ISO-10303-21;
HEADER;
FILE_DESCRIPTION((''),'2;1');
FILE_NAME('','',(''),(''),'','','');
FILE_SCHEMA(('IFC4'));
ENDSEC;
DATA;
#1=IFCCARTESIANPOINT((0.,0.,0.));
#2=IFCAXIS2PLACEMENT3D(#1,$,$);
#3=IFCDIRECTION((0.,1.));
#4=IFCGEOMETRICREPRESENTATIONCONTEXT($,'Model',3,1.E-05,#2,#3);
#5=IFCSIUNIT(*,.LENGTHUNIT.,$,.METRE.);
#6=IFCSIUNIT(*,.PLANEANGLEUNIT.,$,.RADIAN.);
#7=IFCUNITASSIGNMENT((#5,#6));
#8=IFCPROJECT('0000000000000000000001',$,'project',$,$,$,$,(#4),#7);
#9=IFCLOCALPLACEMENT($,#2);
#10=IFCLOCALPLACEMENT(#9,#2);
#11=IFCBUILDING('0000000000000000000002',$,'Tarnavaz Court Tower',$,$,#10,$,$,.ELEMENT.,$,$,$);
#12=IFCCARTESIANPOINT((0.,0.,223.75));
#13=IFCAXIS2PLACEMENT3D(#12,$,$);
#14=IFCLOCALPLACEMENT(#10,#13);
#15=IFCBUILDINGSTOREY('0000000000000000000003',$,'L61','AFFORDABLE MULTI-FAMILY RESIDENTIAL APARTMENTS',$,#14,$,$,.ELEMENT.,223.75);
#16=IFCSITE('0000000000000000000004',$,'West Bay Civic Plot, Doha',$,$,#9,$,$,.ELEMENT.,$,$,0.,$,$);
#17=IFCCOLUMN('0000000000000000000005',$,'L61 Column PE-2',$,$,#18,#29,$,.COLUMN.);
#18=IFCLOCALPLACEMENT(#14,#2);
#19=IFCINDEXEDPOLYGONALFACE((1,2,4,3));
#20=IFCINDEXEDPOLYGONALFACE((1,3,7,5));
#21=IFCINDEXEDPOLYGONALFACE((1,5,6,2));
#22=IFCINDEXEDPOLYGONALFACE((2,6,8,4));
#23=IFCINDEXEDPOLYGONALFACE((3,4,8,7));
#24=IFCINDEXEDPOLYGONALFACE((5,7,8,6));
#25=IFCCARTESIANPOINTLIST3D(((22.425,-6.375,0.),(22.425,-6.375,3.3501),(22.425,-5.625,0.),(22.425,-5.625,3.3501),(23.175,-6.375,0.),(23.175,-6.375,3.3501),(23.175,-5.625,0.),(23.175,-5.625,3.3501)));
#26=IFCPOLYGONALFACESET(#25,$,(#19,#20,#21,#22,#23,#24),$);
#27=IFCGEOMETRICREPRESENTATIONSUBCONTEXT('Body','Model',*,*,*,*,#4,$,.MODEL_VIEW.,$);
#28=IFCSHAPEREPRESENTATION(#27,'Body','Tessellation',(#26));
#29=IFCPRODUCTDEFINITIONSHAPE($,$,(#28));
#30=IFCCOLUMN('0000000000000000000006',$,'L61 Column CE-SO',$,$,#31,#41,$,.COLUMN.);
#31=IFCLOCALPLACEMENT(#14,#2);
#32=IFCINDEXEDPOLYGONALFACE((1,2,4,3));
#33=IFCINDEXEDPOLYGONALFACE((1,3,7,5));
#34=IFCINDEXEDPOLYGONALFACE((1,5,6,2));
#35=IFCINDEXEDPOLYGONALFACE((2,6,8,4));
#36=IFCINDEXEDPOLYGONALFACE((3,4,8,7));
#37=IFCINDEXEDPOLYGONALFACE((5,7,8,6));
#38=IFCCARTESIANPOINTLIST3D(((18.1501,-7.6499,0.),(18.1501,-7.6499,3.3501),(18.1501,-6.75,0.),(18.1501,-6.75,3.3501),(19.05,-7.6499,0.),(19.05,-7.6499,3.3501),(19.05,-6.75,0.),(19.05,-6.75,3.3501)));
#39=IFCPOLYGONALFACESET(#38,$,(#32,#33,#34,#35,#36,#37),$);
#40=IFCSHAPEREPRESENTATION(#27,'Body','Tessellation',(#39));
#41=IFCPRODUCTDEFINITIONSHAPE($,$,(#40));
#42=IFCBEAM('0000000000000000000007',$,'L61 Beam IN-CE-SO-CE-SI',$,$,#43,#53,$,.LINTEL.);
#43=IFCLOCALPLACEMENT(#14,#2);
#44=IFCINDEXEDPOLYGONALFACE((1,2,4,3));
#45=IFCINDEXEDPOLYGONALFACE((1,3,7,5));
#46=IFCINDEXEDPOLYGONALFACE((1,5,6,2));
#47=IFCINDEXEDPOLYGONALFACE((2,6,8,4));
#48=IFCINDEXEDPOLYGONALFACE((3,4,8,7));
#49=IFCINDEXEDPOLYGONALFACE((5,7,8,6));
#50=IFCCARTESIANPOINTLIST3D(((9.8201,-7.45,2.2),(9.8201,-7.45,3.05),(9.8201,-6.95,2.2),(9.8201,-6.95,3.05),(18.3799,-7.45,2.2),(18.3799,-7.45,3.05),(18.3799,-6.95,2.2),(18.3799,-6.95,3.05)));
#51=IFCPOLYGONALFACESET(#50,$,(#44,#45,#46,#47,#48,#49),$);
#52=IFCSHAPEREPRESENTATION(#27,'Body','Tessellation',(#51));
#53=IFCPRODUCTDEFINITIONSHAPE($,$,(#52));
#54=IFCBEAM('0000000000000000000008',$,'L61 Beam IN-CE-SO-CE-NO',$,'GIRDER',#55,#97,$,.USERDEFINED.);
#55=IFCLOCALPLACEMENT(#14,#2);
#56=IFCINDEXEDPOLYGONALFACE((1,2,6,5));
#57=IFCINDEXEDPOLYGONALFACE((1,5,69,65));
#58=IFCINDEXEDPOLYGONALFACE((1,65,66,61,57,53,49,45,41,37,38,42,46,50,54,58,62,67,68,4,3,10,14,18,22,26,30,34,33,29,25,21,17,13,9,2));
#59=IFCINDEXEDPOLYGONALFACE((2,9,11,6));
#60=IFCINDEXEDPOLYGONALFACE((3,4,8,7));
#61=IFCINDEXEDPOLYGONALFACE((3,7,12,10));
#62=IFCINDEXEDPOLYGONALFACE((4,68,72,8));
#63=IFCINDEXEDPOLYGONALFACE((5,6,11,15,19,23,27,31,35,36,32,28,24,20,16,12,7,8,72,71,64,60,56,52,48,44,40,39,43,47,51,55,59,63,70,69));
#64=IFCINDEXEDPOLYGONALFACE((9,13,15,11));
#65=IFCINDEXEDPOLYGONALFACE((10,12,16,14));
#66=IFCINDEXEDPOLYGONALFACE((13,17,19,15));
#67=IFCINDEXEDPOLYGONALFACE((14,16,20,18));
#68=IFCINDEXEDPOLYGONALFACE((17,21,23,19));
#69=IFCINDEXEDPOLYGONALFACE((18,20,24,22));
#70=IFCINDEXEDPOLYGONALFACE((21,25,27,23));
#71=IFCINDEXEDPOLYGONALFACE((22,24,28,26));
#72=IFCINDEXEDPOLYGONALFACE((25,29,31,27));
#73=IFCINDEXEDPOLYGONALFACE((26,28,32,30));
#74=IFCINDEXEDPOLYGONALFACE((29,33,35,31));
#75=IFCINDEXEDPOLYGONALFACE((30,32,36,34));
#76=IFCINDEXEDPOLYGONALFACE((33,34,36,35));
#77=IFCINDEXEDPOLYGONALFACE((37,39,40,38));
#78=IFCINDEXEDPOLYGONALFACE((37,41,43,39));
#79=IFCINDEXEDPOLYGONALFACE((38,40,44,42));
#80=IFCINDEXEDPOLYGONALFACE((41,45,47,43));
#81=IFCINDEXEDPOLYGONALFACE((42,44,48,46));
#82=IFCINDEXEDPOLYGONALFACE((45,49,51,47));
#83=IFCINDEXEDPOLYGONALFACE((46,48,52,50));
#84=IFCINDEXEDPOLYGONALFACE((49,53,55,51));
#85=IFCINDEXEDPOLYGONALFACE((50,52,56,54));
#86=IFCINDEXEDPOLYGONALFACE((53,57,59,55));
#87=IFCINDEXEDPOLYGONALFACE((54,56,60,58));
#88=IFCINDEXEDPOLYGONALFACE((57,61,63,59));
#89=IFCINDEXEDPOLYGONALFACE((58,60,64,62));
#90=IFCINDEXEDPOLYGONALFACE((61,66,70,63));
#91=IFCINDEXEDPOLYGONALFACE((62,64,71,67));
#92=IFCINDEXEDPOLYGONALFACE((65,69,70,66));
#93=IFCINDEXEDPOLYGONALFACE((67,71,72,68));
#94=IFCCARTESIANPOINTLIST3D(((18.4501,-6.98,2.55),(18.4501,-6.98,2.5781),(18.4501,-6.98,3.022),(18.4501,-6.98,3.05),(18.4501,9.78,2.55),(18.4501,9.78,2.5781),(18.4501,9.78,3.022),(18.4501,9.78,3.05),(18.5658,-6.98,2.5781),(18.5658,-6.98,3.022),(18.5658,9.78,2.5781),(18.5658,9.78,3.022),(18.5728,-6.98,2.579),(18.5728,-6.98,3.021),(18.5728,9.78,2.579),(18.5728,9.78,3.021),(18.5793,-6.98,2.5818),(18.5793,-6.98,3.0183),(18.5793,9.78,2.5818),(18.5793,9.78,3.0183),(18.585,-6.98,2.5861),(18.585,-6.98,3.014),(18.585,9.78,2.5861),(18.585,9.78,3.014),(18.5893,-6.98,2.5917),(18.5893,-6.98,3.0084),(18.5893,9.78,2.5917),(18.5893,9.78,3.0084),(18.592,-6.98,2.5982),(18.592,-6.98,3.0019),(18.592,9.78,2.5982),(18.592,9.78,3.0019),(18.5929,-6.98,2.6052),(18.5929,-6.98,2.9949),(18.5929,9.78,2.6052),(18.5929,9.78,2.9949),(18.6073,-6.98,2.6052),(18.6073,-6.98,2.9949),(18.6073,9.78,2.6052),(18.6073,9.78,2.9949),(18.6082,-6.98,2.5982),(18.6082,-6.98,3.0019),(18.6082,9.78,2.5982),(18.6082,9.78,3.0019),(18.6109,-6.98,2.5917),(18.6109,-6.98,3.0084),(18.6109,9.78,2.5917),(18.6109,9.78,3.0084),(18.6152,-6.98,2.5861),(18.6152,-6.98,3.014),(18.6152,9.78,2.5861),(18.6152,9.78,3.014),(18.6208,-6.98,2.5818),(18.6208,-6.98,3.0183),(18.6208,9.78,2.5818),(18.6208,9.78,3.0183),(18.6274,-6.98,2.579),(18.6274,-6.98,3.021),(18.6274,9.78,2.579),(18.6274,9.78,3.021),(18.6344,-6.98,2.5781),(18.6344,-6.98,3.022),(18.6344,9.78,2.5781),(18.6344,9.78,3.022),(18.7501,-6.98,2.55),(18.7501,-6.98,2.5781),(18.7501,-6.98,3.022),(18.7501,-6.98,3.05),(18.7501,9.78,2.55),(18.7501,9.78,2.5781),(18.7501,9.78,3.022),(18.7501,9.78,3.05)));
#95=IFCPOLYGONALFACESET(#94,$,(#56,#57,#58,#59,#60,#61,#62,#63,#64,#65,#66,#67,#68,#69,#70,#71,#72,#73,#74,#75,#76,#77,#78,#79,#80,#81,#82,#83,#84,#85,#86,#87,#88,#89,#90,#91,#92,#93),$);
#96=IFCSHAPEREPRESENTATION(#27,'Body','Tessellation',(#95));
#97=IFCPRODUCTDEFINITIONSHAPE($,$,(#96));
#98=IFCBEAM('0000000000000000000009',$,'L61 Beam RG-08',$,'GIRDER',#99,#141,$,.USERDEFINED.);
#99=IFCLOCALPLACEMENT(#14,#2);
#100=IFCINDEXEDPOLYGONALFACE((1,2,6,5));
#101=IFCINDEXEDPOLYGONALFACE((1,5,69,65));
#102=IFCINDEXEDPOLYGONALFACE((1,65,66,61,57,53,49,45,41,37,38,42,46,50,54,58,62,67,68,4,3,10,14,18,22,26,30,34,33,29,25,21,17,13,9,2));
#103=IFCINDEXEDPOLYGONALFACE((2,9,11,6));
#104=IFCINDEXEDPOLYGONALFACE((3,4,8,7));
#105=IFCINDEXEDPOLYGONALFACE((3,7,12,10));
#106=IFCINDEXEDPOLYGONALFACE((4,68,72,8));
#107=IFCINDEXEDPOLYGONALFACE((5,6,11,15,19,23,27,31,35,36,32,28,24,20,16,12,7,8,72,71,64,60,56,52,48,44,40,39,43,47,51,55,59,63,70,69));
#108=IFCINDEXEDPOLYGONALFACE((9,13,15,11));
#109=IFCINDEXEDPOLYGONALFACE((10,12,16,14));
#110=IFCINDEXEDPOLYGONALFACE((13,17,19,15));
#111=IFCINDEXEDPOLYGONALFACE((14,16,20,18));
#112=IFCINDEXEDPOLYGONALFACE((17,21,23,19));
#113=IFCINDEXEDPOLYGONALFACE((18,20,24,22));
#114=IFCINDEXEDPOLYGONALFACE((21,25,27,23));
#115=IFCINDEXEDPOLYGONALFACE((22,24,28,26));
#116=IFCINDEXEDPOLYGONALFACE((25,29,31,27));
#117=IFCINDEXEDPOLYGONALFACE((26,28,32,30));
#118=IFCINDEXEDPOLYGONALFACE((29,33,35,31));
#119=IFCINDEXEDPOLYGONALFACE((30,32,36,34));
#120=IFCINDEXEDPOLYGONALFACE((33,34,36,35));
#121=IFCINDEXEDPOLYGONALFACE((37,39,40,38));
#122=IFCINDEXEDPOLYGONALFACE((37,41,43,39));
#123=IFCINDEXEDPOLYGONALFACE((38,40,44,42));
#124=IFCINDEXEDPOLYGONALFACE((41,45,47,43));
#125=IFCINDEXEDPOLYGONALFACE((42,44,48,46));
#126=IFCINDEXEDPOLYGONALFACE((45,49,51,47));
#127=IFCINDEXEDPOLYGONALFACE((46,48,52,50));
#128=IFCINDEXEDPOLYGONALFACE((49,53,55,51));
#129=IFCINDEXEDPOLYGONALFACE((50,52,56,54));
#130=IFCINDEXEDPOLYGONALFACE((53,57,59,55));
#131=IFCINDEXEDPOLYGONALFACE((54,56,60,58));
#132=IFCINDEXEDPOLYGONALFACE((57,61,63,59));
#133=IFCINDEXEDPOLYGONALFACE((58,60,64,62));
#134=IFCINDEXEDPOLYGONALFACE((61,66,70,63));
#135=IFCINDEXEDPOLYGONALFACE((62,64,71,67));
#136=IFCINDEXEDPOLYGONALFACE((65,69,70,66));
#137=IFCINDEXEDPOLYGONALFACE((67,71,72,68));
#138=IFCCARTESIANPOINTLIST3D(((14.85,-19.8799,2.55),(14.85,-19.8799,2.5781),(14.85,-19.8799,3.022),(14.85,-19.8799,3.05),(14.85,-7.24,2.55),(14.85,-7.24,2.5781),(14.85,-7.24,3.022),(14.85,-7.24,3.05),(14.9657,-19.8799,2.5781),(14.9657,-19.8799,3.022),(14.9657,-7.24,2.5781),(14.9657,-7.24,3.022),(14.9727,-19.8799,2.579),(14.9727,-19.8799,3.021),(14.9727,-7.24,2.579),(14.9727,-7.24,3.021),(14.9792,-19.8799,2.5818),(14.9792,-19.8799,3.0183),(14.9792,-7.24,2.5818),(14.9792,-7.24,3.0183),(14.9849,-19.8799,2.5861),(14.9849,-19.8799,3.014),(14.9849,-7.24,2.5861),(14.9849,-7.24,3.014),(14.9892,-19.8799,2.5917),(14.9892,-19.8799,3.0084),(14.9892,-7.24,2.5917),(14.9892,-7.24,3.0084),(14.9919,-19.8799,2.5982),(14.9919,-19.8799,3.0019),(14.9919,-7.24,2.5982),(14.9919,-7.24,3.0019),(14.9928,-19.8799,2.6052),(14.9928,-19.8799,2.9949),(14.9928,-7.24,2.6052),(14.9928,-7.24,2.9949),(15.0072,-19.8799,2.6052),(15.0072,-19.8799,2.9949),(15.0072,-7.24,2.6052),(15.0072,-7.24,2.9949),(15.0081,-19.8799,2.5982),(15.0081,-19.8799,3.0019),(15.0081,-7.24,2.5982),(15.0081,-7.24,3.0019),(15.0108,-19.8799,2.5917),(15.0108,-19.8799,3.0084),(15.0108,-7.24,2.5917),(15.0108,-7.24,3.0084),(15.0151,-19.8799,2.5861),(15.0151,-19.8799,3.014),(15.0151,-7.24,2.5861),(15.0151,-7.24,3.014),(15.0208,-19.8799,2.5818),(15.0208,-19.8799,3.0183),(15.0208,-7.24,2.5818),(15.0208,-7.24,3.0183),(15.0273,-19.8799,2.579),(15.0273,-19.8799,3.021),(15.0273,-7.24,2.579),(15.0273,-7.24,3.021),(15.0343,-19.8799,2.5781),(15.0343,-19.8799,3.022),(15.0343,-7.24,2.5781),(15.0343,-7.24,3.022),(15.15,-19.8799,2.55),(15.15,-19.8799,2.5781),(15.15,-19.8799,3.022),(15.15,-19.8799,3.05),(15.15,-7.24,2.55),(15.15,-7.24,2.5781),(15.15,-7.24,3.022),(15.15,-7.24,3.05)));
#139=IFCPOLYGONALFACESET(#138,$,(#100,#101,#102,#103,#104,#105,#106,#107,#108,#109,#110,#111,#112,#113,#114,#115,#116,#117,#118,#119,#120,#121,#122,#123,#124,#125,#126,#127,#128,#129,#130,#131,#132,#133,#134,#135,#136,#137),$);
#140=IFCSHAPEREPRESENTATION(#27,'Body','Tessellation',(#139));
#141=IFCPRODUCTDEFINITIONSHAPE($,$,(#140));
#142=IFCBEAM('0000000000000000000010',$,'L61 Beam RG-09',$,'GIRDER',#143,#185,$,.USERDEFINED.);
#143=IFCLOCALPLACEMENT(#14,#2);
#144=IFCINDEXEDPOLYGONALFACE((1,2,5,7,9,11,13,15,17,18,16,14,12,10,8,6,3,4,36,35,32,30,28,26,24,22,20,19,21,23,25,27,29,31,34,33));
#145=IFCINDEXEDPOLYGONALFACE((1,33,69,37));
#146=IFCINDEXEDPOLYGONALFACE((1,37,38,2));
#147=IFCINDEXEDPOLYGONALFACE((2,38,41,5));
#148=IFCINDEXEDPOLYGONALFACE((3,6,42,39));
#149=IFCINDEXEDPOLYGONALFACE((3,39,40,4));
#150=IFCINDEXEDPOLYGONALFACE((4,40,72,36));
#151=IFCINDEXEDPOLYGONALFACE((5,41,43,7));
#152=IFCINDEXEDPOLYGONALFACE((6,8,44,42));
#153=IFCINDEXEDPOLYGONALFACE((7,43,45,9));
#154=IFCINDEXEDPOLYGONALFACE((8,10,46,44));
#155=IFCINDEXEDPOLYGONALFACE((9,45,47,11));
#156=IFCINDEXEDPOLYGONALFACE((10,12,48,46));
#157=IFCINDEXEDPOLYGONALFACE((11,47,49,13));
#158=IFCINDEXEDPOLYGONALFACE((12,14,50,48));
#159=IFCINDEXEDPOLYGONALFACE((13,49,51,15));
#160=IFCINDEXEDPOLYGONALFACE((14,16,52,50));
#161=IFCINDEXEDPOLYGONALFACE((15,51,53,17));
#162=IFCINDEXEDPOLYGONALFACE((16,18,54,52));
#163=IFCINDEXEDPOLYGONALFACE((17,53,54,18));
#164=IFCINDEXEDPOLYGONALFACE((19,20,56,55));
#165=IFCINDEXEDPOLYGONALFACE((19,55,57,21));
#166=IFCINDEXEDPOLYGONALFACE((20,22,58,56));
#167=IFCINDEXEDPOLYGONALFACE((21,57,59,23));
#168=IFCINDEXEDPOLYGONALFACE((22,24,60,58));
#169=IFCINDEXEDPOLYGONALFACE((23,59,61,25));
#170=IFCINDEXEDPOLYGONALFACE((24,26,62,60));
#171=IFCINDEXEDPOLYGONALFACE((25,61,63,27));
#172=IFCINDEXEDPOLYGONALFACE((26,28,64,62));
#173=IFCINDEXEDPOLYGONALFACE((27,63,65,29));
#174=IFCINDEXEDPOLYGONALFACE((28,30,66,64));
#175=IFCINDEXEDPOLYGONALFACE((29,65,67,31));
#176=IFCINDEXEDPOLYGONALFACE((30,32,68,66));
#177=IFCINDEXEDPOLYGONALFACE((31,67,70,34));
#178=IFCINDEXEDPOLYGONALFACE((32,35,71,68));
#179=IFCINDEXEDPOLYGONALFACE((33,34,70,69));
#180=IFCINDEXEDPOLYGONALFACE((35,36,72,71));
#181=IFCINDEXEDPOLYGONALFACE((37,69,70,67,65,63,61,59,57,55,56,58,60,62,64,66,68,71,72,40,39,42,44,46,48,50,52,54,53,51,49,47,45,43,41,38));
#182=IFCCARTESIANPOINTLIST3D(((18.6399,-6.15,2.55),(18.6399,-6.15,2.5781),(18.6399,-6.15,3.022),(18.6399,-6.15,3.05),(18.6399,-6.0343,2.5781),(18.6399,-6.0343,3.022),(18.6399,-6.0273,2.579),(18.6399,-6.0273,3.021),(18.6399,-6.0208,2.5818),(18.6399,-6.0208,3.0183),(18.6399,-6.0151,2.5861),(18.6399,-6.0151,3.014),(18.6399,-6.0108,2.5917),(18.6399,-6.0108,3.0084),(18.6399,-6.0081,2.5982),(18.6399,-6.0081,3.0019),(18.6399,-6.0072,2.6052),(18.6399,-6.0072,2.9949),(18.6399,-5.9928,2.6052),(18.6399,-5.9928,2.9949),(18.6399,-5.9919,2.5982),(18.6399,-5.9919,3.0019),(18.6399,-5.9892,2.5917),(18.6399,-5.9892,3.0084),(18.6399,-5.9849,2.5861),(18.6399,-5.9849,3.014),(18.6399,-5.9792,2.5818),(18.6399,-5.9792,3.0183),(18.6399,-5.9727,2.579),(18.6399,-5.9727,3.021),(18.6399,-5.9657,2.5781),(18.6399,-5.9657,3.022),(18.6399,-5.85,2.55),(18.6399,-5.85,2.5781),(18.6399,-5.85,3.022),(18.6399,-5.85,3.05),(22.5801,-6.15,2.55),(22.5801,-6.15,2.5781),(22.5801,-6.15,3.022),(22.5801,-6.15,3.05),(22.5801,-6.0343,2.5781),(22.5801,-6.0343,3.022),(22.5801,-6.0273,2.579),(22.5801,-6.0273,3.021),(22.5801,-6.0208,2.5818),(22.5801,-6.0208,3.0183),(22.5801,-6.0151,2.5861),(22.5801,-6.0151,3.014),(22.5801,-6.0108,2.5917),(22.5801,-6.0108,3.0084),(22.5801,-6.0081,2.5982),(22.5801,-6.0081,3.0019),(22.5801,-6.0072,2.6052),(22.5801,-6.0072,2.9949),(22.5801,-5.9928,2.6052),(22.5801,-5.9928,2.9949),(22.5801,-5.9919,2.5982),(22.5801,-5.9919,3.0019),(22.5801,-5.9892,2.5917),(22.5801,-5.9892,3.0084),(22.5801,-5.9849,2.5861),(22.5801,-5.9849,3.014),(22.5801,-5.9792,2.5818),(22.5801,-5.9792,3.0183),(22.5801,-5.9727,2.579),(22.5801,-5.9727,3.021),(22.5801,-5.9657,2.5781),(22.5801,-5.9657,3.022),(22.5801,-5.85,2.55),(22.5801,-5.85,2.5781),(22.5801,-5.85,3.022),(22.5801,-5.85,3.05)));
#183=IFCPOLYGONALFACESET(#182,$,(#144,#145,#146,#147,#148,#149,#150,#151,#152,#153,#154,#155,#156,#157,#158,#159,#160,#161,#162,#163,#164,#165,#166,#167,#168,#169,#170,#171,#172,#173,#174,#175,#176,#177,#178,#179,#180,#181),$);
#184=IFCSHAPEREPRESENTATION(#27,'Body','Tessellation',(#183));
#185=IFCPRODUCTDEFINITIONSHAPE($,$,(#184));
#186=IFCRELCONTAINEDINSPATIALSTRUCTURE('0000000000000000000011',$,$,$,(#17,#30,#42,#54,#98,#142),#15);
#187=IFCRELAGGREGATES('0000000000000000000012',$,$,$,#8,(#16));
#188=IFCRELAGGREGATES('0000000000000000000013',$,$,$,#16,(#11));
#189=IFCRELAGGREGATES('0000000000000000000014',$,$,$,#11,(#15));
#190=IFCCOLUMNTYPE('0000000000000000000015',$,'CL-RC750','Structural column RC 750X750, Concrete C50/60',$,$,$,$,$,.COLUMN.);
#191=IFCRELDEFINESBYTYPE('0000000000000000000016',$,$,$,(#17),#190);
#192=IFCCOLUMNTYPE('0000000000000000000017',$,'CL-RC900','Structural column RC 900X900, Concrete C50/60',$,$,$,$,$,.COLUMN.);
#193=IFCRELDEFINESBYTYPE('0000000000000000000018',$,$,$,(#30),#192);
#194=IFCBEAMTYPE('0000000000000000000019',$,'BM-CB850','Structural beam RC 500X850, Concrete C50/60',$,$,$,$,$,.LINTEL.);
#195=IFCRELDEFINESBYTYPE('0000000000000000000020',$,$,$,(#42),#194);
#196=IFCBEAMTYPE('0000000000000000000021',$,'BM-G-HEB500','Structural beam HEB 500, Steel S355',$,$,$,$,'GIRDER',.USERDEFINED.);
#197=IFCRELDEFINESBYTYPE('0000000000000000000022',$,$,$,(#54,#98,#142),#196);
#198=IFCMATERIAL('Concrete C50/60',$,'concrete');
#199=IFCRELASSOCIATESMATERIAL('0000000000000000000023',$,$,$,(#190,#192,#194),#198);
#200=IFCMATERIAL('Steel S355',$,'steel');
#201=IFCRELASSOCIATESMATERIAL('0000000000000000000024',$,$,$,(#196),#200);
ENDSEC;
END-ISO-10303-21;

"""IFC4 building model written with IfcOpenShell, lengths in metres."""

from ifc_helpers import new_model, si_unit, direction, frame, origin, origin_2d, place, context, subcontext, project, spatial, rectangle, i_section, extrude, material, material_profile, profile_set, type_object, element, save


model = new_model("IFC4")

# Units and contexts
model_context = context("Model", 3, precision=1e-05, world=origin(), true_north=direction((0.0, 1.0)))
body_context = subcontext(model_context, "Body", "Model", "MODEL_VIEW")
ifc_project = project(units=[si_unit("LENGTHUNIT", "METRE"), si_unit("PLANEANGLEUNIT", "RADIAN")], contexts=[model_context])

# Site, building, storey
site_placement = place(None, origin())
site = spatial("IfcSite", under=ifc_project, at=site_placement, Name="West Bay Civic Plot, Doha", CompositionType="ELEMENT", RefElevation=0.0)
building_placement = place(site_placement, origin())
building = spatial("IfcBuilding", under=site, at=building_placement, Name="Tarnavaz Court Tower", CompositionType="ELEMENT")
storey_placement = place(building_placement, frame((0.0, 0.0, 223.75)))
storey = spatial("IfcBuildingStorey", under=building, at=storey_placement, Name="L61", Description="AFFORDABLE MULTI-FAMILY RESIDENTIAL APARTMENTS", CompositionType="ELEMENT", Elevation=223.75)

# Columns
ifc_material_1 = material(Name="Concrete C50/60", Category="concrete")
ifc_material_profile_1 = material_profile(ifc_material_1, rectangle(XDim=0.75, YDim=0.75, at=origin_2d()), Name="RC 750X750")
ifc_profile_set_1 = profile_set([ifc_material_profile_1], Name="Concrete C50/60")
column_type_1 = type_object("IfcColumnType", Name="CL-RC750", Description="Structural column RC 750X750, Concrete C50/60", PredefinedType="COLUMN", material=ifc_profile_set_1)
column_1_placement = place(storey_placement, frame((22.8, -6.0, 0.0), z_axis=(0.0, 0.0, 1.0), x_axis=(1.0, 0.0, 0.0)))
element("IfcColumn", 1, at=column_1_placement, inside=storey, type_object=column_type_1, Name="L61 Column PE-2", PredefinedType="COLUMN", context=body_context, shape_type="SweptSolid", body=[
    extrude(rectangle(XDim=0.75, YDim=0.75, at=origin_2d()), origin(), (0.0, 0.0, 1.0), 3.3501),
])
ifc_material_profile_2 = material_profile(ifc_material_1, rectangle(XDim=0.8999, YDim=0.8999, at=origin_2d()), Name="RC 900X900")
ifc_profile_set_2 = profile_set([ifc_material_profile_2], Name="Concrete C50/60")
column_type_2 = type_object("IfcColumnType", Name="CL-RC900", Description="Structural column RC 900X900, Concrete C50/60", PredefinedType="COLUMN", material=ifc_profile_set_2)
column_2_placement = place(storey_placement, frame((18.6001, -7.2, 0.0), z_axis=(0.0, 0.0, 1.0), x_axis=(1.0, 0.0, 0.0)))
element("IfcColumn", 2, at=column_2_placement, inside=storey, type_object=column_type_2, Name="L61 Column CE-SO", PredefinedType="COLUMN", context=body_context, shape_type="SweptSolid", body=[
    extrude(rectangle(XDim=0.8999, YDim=0.8999, at=origin_2d()), origin(), (0.0, 0.0, 1.0), 3.3501),
])

# Beams
ifc_material_profile_3 = material_profile(ifc_material_1, rectangle(XDim=0.5, YDim=0.8501, at=origin_2d()), Name="RC 500X850")
ifc_profile_set_3 = profile_set([ifc_material_profile_3], Name="Concrete C50/60")
beam_type_1 = type_object("IfcBeamType", Name="BM-CB850", Description="Structural beam RC 500X850, Concrete C50/60", PredefinedType="LINTEL", material=ifc_profile_set_3)
beam_1_placement = place(storey_placement, frame((18.3799, -7.2, 2.625), z_axis=(-1.0, 0.0, 0.0), x_axis=(0.0, -1.0, 0.0)))
element("IfcBeam", 3, at=beam_1_placement, inside=storey, type_object=beam_type_1, Name="L61 Beam IN-CE-SO-CE-SI", PredefinedType="LINTEL", context=body_context, shape_type="SweptSolid", body=[
    extrude(rectangle(XDim=0.5, YDim=0.8501, at=origin_2d()), origin(), (0.0, 0.0, 1.0), 8.5598),
])
ifc_material_2 = material(Name="Steel S355", Category="steel")
ifc_material_profile_4 = material_profile(ifc_material_2, i_section(OverallWidth=0.3, OverallDepth=0.5, WebThickness=0.0144, FlangeThickness=0.0281, FilletRadius=0.0271, at=origin_2d()), Name="HEB 500")
ifc_profile_set_4 = profile_set([ifc_material_profile_4], Name="Steel S355")
beam_type_2 = type_object("IfcBeamType", Name="BM-G-HEB500", Description="Structural beam HEB 500, Steel S355", ElementType="GIRDER", PredefinedType="USERDEFINED", material=ifc_profile_set_4)
beam_2_placement = place(storey_placement, frame((18.6001, -6.98, 2.8), z_axis=(0.0, 1.0, 0.0), x_axis=(-1.0, 0.0, 0.0)))
element("IfcBeam", 4, at=beam_2_placement, inside=storey, type_object=beam_type_2, Name="L61 Beam IN-CE-SO-CE-NO", ObjectType="GIRDER", PredefinedType="USERDEFINED", context=body_context, shape_type="SweptSolid", body=[
    extrude(i_section(OverallWidth=0.3, OverallDepth=0.5, WebThickness=0.0144, FlangeThickness=0.0281, FilletRadius=0.0271, at=origin_2d()), origin(), (0.0, 0.0, 1.0), 16.76),
])
beam_3_placement = place(storey_placement, frame((15.0, -7.24, 2.8), z_axis=(0.0, -1.0, 0.0), x_axis=(1.0, 0.0, 0.0)))
element("IfcBeam", 5, at=beam_3_placement, inside=storey, type_object=beam_type_2, Name="L61 Beam RG-08", ObjectType="GIRDER", PredefinedType="USERDEFINED", context=body_context, shape_type="SweptSolid", body=[
    extrude(i_section(OverallWidth=0.3, OverallDepth=0.5, WebThickness=0.0144, FlangeThickness=0.0281, FilletRadius=0.0271, at=origin_2d()), origin(), (0.0, 0.0, 1.0), 12.6399),
])
beam_4_placement = place(storey_placement, frame((18.6399, -6.0, 2.8), z_axis=(1.0, 0.0, 0.0), x_axis=(0.0, 1.0, 0.0)))
element("IfcBeam", 6, at=beam_4_placement, inside=storey, type_object=beam_type_2, Name="L61 Beam RG-09", ObjectType="GIRDER", PredefinedType="USERDEFINED", context=body_context, shape_type="SweptSolid", body=[
    extrude(i_section(OverallWidth=0.3, OverallDepth=0.5, WebThickness=0.0144, FlangeThickness=0.0281, FilletRadius=0.0271, at=origin_2d()), origin(), (0.0, 0.0, 1.0), 3.9402),
])

save(model, "model.ifc")
